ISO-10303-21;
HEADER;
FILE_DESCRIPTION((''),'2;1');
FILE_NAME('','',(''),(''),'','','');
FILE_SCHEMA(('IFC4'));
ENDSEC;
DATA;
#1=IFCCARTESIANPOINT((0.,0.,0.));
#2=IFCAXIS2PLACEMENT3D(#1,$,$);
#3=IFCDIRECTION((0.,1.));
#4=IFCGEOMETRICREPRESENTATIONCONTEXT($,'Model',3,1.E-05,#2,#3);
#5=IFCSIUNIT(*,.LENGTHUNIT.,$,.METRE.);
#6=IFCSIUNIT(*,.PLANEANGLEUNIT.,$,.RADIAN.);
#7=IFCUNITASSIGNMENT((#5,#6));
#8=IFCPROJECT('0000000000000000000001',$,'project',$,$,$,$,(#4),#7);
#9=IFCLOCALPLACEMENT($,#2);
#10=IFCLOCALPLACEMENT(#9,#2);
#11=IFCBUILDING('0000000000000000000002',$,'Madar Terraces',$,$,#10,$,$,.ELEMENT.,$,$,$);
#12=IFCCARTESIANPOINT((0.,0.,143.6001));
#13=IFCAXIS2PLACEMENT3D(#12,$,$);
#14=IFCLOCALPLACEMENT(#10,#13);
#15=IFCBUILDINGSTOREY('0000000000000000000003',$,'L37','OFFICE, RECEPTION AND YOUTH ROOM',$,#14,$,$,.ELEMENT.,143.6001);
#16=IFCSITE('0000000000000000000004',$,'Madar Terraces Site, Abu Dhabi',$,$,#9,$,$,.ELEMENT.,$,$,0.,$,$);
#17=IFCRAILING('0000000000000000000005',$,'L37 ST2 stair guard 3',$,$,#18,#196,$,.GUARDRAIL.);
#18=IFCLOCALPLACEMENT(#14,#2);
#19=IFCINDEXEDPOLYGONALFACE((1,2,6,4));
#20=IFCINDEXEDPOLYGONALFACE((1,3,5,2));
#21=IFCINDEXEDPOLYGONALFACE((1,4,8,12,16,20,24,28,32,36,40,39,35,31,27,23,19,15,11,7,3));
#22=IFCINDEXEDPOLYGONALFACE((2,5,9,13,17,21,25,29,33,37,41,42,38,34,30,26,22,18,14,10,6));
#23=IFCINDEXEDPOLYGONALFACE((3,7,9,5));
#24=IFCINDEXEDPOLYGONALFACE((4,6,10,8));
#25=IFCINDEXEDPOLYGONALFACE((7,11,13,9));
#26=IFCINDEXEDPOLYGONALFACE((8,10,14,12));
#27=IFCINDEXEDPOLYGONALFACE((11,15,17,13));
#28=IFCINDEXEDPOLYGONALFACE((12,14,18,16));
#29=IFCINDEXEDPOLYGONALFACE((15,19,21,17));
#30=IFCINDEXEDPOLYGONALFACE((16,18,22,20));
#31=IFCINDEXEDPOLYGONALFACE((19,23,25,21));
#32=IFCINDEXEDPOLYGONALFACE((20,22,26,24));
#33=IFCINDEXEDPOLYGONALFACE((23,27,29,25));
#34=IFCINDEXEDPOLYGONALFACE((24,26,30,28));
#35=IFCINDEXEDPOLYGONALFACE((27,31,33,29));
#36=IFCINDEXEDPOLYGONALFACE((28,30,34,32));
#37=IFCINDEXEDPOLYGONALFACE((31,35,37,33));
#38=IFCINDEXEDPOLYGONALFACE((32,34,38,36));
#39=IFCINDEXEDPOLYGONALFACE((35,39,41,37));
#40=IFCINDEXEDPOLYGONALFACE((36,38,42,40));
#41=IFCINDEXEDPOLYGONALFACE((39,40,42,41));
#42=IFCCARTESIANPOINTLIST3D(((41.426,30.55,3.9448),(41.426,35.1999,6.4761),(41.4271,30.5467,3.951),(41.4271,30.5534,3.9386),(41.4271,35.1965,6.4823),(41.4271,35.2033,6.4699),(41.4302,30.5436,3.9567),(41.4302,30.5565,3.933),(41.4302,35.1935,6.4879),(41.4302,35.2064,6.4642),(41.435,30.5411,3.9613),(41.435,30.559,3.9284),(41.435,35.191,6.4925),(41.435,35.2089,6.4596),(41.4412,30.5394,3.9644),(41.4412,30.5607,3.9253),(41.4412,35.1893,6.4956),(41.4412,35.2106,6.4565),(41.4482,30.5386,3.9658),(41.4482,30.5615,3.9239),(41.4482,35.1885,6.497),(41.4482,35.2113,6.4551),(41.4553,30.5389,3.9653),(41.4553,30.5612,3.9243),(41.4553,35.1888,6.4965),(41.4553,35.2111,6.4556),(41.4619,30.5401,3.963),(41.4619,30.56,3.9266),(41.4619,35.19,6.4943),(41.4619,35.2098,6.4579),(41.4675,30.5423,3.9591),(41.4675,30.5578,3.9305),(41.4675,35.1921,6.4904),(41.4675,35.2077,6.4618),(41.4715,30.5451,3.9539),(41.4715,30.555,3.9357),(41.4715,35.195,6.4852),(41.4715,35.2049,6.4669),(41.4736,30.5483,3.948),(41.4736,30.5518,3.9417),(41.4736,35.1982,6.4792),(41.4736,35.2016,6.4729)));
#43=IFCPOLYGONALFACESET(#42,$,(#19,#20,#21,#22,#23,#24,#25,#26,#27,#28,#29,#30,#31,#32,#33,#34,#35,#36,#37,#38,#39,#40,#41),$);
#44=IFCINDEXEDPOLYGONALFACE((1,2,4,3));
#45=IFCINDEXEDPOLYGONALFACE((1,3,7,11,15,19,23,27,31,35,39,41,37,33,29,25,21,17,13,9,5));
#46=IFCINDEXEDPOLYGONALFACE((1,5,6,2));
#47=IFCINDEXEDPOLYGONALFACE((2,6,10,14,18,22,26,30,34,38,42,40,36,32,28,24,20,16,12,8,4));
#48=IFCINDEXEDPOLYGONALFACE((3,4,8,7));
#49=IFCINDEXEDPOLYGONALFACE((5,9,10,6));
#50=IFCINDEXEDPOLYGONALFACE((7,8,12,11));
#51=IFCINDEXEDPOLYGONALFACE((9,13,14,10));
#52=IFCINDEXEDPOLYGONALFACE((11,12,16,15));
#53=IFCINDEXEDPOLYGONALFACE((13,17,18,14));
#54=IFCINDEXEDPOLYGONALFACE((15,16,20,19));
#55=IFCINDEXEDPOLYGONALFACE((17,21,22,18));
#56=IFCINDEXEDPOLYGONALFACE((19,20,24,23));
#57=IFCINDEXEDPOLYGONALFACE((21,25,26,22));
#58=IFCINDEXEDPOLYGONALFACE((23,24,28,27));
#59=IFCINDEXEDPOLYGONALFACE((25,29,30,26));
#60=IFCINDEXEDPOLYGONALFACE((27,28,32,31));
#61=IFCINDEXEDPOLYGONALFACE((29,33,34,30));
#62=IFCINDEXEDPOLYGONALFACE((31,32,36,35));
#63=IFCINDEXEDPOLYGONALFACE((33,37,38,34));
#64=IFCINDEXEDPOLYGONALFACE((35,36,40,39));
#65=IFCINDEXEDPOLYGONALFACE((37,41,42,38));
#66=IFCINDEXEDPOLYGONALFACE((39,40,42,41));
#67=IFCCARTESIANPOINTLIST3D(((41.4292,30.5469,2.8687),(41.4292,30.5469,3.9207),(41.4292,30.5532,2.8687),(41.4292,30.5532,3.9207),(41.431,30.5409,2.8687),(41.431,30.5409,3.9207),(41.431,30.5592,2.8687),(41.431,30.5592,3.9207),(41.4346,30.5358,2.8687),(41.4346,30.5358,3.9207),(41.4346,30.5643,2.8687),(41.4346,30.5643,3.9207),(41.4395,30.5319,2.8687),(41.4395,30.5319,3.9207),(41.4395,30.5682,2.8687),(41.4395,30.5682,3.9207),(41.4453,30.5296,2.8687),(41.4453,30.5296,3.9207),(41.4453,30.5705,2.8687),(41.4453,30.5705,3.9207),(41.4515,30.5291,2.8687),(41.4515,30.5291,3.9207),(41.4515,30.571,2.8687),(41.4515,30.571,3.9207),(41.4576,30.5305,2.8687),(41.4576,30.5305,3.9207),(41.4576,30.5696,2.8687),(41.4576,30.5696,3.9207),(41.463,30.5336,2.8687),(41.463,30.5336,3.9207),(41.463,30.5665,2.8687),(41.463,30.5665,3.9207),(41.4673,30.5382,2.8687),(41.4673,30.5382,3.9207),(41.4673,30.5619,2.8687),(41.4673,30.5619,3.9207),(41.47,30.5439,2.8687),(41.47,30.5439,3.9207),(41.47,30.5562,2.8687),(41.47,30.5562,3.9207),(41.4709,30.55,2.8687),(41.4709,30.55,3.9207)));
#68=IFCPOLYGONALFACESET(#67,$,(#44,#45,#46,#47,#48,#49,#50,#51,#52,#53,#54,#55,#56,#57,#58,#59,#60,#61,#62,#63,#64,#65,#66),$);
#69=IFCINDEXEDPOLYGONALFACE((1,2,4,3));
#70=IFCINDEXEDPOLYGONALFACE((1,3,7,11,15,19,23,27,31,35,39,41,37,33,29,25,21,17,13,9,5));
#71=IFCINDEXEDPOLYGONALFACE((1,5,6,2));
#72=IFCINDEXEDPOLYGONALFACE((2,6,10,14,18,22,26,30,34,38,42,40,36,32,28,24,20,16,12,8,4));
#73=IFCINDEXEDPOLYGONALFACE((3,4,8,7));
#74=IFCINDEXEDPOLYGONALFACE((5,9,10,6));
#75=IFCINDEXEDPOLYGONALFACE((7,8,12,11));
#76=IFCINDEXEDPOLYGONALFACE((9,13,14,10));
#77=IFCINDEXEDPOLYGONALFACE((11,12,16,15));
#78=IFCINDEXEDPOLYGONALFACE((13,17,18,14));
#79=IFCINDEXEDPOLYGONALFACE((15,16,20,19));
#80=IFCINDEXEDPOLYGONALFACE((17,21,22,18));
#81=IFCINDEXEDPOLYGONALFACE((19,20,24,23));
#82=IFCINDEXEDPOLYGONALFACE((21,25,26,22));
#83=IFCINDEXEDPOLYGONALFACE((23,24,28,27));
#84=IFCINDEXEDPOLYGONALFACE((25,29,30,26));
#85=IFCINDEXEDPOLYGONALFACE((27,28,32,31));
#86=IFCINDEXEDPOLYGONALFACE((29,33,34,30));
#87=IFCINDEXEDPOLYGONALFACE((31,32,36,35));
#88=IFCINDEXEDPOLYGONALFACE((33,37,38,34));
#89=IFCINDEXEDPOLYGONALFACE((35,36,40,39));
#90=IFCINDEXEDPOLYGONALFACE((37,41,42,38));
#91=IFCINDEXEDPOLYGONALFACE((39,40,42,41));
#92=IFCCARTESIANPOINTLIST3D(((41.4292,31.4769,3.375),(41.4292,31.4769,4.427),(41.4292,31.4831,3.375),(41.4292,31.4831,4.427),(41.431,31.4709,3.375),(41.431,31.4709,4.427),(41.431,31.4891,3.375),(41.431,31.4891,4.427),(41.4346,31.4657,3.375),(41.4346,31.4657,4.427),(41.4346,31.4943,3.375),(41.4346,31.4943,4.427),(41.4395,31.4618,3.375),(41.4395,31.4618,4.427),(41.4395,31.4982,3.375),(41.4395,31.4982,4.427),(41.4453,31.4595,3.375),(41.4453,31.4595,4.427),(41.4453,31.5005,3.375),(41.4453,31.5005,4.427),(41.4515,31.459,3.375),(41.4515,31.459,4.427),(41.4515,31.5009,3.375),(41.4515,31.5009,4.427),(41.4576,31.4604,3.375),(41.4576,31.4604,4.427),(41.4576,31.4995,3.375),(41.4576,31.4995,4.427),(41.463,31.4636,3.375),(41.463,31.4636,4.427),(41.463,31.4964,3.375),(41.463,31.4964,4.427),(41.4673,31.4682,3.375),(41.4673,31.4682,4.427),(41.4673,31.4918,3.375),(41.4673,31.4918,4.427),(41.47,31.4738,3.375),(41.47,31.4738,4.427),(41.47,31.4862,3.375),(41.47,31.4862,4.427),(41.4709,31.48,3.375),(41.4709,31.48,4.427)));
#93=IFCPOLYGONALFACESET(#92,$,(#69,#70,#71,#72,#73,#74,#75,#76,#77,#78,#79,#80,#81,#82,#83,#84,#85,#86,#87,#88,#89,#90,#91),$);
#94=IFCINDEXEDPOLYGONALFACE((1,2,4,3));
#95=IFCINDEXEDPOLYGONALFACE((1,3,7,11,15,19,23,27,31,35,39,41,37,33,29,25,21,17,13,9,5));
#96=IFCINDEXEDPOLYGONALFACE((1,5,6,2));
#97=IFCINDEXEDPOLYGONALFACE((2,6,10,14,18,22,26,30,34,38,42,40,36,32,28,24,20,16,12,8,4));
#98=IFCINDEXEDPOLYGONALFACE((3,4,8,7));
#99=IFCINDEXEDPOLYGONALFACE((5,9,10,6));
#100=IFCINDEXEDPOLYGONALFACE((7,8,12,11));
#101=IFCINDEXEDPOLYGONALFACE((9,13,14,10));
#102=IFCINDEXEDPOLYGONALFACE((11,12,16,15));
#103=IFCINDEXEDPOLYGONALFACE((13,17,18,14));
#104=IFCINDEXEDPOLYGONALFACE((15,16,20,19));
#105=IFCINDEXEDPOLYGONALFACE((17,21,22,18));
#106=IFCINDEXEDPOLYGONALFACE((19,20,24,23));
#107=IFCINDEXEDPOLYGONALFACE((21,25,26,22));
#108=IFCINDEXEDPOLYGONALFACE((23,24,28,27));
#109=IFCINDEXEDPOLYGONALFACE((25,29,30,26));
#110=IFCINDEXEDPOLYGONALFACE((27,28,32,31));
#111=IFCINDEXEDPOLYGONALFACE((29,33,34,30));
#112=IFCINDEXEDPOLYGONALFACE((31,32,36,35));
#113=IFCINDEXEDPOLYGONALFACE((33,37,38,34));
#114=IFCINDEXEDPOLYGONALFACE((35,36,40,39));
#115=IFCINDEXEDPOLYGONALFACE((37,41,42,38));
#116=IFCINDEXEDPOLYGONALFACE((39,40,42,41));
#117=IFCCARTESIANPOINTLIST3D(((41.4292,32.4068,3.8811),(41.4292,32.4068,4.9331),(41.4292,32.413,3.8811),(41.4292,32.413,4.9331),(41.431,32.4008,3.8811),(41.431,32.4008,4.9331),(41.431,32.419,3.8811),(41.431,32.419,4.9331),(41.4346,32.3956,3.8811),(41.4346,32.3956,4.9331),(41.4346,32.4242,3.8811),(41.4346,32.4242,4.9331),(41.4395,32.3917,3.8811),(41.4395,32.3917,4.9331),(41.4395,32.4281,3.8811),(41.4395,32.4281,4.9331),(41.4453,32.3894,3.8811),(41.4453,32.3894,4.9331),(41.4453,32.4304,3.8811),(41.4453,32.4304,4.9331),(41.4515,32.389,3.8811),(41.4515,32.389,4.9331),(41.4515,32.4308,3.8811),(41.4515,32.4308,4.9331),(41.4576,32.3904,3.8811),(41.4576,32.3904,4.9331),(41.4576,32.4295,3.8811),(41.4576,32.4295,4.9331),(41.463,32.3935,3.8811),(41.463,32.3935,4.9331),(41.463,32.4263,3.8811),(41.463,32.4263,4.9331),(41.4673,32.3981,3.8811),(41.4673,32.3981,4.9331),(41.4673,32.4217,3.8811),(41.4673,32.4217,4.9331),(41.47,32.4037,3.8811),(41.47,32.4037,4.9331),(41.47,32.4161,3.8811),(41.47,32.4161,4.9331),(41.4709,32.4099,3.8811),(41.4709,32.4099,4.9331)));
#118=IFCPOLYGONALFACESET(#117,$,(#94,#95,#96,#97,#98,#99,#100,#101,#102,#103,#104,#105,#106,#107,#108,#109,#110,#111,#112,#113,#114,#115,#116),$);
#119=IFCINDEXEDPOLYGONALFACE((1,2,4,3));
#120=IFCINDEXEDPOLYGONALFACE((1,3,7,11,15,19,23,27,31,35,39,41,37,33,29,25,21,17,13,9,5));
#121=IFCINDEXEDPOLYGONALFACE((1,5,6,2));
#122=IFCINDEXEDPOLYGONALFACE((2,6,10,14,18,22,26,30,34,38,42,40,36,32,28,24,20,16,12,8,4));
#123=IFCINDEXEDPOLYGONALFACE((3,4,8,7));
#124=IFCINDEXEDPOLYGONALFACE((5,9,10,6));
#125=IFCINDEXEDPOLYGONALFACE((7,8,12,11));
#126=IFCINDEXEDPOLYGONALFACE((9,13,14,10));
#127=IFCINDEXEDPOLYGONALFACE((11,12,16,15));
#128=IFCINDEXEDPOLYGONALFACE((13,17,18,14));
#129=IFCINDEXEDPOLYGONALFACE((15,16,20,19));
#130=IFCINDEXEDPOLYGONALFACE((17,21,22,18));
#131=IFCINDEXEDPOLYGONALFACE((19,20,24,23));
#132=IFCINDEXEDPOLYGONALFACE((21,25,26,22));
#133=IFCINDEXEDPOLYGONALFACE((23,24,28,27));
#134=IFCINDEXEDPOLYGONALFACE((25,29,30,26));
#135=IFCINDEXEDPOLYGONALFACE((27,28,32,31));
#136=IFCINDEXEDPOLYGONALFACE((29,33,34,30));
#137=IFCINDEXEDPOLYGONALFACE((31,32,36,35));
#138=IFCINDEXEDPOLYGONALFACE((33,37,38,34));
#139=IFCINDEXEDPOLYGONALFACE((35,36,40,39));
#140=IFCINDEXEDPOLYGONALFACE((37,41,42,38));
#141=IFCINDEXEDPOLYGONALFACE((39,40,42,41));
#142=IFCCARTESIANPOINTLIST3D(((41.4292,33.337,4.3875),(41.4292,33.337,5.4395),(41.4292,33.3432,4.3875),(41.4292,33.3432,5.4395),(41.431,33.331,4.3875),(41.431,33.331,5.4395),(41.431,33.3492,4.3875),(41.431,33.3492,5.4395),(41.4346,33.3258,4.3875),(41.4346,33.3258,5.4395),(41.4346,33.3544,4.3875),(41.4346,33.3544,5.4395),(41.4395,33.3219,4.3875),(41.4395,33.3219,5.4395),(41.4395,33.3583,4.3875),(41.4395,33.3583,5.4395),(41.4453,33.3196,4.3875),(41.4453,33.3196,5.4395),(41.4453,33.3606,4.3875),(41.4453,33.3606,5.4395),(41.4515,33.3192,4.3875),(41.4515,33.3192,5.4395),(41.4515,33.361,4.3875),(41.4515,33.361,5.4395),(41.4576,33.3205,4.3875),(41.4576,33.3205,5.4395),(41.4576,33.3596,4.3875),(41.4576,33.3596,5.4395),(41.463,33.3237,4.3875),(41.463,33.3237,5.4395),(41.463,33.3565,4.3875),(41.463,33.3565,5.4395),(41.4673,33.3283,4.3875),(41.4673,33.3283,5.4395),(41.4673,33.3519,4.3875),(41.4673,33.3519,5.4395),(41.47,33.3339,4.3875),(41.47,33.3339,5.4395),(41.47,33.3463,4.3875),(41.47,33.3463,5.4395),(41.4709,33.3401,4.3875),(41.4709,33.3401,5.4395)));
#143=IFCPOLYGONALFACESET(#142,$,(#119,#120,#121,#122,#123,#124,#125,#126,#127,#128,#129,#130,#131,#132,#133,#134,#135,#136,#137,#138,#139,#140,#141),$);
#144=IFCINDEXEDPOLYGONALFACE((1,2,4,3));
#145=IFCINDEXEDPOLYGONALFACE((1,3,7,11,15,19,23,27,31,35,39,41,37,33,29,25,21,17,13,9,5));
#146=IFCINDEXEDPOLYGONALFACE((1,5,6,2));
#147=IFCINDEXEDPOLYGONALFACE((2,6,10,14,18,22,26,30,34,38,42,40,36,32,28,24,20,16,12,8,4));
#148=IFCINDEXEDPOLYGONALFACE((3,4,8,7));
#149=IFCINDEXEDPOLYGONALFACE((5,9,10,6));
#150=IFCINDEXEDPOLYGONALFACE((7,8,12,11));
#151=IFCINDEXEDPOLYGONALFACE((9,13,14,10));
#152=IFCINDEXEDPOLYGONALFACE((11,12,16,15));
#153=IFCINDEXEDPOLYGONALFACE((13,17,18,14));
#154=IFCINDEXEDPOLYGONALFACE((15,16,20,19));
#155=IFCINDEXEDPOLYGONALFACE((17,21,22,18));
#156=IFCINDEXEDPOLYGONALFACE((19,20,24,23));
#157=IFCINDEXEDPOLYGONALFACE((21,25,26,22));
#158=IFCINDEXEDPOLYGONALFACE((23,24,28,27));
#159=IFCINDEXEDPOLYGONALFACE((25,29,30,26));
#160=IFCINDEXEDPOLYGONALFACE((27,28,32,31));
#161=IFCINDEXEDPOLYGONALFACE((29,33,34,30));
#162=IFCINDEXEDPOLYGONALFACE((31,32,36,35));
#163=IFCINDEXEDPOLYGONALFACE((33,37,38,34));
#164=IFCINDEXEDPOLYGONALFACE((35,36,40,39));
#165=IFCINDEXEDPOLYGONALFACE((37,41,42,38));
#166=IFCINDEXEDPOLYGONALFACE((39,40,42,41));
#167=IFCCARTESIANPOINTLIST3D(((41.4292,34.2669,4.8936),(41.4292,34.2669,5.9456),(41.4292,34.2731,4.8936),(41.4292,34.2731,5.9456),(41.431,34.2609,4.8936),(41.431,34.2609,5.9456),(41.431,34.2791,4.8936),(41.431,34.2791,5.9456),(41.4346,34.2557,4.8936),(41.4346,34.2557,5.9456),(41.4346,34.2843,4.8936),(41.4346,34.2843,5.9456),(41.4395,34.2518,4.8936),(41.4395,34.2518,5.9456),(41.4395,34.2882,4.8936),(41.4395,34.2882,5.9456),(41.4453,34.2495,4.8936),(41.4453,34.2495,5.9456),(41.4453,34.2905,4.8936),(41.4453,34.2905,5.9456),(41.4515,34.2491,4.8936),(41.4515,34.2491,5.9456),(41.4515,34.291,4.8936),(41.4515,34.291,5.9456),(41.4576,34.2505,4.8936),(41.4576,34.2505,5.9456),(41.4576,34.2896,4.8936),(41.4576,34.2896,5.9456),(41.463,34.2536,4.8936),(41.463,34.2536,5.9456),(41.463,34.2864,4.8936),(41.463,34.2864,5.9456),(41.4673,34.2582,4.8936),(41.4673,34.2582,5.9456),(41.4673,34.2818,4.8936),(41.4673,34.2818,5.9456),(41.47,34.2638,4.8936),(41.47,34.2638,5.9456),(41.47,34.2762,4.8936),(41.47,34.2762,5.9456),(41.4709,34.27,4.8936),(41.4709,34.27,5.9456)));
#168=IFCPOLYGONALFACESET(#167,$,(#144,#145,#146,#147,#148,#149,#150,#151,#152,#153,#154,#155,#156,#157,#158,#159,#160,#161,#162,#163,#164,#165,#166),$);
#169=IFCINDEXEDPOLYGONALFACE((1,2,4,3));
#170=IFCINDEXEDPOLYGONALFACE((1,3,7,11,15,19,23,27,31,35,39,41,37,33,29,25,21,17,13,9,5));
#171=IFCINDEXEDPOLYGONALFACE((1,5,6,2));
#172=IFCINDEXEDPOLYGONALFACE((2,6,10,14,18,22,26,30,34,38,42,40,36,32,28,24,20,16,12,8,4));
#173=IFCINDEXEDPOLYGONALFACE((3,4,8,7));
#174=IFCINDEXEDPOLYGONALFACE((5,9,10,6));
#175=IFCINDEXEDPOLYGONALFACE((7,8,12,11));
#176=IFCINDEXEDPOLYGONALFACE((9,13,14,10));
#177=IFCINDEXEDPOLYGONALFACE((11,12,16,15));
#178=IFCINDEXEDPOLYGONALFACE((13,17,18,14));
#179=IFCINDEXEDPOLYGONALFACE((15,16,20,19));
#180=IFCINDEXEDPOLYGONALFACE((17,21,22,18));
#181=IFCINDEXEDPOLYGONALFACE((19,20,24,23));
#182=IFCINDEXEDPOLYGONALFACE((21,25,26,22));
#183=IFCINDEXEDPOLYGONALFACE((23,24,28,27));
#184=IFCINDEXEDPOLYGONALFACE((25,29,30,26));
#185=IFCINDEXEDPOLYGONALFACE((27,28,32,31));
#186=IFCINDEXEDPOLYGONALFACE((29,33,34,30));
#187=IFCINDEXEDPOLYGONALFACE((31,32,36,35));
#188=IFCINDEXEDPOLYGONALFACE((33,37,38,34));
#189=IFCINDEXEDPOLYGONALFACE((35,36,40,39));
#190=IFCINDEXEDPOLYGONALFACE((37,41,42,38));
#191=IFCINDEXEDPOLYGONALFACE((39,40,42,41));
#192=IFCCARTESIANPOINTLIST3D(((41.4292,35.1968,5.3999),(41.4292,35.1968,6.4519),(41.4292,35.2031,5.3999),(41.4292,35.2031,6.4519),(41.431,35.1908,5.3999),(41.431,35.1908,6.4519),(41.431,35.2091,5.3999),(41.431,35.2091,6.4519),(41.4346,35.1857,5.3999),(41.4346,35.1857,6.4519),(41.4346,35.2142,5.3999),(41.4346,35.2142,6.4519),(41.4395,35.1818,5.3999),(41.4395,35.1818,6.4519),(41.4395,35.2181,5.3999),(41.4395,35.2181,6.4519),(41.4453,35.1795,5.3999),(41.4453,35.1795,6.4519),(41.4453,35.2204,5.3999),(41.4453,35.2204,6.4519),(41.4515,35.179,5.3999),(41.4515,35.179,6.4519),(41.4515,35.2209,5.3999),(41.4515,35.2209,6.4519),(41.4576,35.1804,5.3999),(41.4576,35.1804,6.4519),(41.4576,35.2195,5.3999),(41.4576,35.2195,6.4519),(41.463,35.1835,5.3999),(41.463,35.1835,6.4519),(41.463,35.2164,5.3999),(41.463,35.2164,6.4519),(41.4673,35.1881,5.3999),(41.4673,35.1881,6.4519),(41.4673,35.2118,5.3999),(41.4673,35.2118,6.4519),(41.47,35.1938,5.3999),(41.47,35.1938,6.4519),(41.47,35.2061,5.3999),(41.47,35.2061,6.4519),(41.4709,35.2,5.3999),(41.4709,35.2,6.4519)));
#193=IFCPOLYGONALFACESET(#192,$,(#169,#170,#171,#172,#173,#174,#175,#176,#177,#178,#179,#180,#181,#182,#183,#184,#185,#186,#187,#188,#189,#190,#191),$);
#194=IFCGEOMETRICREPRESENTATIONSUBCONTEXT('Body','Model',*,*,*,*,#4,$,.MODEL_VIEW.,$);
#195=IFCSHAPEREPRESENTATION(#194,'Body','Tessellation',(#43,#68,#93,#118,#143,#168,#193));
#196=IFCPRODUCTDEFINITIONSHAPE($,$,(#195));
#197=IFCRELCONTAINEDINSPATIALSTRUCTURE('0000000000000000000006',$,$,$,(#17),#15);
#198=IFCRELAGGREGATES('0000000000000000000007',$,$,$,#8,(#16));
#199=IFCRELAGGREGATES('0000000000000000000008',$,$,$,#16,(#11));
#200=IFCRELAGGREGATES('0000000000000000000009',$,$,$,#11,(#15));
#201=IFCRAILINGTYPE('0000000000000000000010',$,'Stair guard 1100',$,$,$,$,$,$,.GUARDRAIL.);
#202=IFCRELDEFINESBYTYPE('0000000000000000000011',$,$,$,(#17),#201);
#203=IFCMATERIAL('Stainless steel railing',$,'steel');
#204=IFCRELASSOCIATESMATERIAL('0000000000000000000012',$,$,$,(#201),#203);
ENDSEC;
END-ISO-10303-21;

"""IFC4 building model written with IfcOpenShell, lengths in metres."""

from ifc_helpers import new_model, si_unit, direction, frame, origin, origin_2d, place, context, subcontext, project, spatial, circle, extrude, material, type_object, element, save


model = new_model("IFC4")

# Units and contexts
model_context = context("Model", 3, precision=1e-05, world=origin(), true_north=direction((0.0, 1.0)))
body_context = subcontext(model_context, "Body", "Model", "MODEL_VIEW")
ifc_project = project(units=[si_unit("LENGTHUNIT", "METRE"), si_unit("PLANEANGLEUNIT", "RADIAN")], contexts=[model_context])

# Site, building, storey
site_placement = place(None, origin())
site = spatial("IfcSite", under=ifc_project, at=site_placement, Name="Madar Terraces Site, Abu Dhabi", CompositionType="ELEMENT", RefElevation=0.0)
building_placement = place(site_placement, origin())
building = spatial("IfcBuilding", under=site, at=building_placement, Name="Madar Terraces", CompositionType="ELEMENT")
storey_placement = place(building_placement, frame((0.0, 0.0, 143.6001)))
storey = spatial("IfcBuildingStorey", under=building, at=storey_placement, Name="L37", Description="OFFICE, RECEPTION AND YOUTH ROOM", CompositionType="ELEMENT", Elevation=143.6001)

# Railing
ifc_material_1 = material(Name="Stainless steel railing", Category="steel")
railing_type_1 = type_object("IfcRailingType", Name="Stair guard 1100", PredefinedType="GUARDRAIL", material=ifc_material_1)
railing_1_placement = place(storey_placement, frame((41.45, 30.55, 2.8687)))
element("IfcRailing", 1, at=railing_1_placement, inside=storey, type_object=railing_type_1, Name="L37 ST2 stair guard 3", PredefinedType="GUARDRAIL", context=body_context, shape_type="SweptSolid", body=[
    extrude(circle(Radius=0.0239, at=origin_2d()), frame((0.0, 0.0, 1.0762), z_axis=(0.0, 0.878297, 0.478115), x_axis=(-1.0, 0.0, 0.0)), (0.0, 0.0, 1.0), 5.2942),
    extrude(circle(Radius=0.021, at=origin_2d()), origin(), (0.0, 0.0, 1.0), 1.052),
    extrude(circle(Radius=0.021, at=origin_2d()), frame((0.0, 0.9299, 0.5063)), (0.0, 0.0, 1.0), 1.052),
    extrude(circle(Radius=0.021, at=origin_2d()), frame((0.0, 1.8599, 1.0125)), (0.0, 0.0, 1.0), 1.052),
    extrude(circle(Radius=0.021, at=origin_2d()), frame((0.0, 2.79, 1.5188)), (0.0, 0.0, 1.0), 1.052),
    extrude(circle(Radius=0.021, at=origin_2d()), frame((0.0, 3.72, 2.0249)), (0.0, 0.0, 1.0), 1.052),
    extrude(circle(Radius=0.021, at=origin_2d()), frame((0.0, 4.6499, 2.5312)), (0.0, 0.0, 1.0), 1.052),
])

save(model, "model.ifc")
